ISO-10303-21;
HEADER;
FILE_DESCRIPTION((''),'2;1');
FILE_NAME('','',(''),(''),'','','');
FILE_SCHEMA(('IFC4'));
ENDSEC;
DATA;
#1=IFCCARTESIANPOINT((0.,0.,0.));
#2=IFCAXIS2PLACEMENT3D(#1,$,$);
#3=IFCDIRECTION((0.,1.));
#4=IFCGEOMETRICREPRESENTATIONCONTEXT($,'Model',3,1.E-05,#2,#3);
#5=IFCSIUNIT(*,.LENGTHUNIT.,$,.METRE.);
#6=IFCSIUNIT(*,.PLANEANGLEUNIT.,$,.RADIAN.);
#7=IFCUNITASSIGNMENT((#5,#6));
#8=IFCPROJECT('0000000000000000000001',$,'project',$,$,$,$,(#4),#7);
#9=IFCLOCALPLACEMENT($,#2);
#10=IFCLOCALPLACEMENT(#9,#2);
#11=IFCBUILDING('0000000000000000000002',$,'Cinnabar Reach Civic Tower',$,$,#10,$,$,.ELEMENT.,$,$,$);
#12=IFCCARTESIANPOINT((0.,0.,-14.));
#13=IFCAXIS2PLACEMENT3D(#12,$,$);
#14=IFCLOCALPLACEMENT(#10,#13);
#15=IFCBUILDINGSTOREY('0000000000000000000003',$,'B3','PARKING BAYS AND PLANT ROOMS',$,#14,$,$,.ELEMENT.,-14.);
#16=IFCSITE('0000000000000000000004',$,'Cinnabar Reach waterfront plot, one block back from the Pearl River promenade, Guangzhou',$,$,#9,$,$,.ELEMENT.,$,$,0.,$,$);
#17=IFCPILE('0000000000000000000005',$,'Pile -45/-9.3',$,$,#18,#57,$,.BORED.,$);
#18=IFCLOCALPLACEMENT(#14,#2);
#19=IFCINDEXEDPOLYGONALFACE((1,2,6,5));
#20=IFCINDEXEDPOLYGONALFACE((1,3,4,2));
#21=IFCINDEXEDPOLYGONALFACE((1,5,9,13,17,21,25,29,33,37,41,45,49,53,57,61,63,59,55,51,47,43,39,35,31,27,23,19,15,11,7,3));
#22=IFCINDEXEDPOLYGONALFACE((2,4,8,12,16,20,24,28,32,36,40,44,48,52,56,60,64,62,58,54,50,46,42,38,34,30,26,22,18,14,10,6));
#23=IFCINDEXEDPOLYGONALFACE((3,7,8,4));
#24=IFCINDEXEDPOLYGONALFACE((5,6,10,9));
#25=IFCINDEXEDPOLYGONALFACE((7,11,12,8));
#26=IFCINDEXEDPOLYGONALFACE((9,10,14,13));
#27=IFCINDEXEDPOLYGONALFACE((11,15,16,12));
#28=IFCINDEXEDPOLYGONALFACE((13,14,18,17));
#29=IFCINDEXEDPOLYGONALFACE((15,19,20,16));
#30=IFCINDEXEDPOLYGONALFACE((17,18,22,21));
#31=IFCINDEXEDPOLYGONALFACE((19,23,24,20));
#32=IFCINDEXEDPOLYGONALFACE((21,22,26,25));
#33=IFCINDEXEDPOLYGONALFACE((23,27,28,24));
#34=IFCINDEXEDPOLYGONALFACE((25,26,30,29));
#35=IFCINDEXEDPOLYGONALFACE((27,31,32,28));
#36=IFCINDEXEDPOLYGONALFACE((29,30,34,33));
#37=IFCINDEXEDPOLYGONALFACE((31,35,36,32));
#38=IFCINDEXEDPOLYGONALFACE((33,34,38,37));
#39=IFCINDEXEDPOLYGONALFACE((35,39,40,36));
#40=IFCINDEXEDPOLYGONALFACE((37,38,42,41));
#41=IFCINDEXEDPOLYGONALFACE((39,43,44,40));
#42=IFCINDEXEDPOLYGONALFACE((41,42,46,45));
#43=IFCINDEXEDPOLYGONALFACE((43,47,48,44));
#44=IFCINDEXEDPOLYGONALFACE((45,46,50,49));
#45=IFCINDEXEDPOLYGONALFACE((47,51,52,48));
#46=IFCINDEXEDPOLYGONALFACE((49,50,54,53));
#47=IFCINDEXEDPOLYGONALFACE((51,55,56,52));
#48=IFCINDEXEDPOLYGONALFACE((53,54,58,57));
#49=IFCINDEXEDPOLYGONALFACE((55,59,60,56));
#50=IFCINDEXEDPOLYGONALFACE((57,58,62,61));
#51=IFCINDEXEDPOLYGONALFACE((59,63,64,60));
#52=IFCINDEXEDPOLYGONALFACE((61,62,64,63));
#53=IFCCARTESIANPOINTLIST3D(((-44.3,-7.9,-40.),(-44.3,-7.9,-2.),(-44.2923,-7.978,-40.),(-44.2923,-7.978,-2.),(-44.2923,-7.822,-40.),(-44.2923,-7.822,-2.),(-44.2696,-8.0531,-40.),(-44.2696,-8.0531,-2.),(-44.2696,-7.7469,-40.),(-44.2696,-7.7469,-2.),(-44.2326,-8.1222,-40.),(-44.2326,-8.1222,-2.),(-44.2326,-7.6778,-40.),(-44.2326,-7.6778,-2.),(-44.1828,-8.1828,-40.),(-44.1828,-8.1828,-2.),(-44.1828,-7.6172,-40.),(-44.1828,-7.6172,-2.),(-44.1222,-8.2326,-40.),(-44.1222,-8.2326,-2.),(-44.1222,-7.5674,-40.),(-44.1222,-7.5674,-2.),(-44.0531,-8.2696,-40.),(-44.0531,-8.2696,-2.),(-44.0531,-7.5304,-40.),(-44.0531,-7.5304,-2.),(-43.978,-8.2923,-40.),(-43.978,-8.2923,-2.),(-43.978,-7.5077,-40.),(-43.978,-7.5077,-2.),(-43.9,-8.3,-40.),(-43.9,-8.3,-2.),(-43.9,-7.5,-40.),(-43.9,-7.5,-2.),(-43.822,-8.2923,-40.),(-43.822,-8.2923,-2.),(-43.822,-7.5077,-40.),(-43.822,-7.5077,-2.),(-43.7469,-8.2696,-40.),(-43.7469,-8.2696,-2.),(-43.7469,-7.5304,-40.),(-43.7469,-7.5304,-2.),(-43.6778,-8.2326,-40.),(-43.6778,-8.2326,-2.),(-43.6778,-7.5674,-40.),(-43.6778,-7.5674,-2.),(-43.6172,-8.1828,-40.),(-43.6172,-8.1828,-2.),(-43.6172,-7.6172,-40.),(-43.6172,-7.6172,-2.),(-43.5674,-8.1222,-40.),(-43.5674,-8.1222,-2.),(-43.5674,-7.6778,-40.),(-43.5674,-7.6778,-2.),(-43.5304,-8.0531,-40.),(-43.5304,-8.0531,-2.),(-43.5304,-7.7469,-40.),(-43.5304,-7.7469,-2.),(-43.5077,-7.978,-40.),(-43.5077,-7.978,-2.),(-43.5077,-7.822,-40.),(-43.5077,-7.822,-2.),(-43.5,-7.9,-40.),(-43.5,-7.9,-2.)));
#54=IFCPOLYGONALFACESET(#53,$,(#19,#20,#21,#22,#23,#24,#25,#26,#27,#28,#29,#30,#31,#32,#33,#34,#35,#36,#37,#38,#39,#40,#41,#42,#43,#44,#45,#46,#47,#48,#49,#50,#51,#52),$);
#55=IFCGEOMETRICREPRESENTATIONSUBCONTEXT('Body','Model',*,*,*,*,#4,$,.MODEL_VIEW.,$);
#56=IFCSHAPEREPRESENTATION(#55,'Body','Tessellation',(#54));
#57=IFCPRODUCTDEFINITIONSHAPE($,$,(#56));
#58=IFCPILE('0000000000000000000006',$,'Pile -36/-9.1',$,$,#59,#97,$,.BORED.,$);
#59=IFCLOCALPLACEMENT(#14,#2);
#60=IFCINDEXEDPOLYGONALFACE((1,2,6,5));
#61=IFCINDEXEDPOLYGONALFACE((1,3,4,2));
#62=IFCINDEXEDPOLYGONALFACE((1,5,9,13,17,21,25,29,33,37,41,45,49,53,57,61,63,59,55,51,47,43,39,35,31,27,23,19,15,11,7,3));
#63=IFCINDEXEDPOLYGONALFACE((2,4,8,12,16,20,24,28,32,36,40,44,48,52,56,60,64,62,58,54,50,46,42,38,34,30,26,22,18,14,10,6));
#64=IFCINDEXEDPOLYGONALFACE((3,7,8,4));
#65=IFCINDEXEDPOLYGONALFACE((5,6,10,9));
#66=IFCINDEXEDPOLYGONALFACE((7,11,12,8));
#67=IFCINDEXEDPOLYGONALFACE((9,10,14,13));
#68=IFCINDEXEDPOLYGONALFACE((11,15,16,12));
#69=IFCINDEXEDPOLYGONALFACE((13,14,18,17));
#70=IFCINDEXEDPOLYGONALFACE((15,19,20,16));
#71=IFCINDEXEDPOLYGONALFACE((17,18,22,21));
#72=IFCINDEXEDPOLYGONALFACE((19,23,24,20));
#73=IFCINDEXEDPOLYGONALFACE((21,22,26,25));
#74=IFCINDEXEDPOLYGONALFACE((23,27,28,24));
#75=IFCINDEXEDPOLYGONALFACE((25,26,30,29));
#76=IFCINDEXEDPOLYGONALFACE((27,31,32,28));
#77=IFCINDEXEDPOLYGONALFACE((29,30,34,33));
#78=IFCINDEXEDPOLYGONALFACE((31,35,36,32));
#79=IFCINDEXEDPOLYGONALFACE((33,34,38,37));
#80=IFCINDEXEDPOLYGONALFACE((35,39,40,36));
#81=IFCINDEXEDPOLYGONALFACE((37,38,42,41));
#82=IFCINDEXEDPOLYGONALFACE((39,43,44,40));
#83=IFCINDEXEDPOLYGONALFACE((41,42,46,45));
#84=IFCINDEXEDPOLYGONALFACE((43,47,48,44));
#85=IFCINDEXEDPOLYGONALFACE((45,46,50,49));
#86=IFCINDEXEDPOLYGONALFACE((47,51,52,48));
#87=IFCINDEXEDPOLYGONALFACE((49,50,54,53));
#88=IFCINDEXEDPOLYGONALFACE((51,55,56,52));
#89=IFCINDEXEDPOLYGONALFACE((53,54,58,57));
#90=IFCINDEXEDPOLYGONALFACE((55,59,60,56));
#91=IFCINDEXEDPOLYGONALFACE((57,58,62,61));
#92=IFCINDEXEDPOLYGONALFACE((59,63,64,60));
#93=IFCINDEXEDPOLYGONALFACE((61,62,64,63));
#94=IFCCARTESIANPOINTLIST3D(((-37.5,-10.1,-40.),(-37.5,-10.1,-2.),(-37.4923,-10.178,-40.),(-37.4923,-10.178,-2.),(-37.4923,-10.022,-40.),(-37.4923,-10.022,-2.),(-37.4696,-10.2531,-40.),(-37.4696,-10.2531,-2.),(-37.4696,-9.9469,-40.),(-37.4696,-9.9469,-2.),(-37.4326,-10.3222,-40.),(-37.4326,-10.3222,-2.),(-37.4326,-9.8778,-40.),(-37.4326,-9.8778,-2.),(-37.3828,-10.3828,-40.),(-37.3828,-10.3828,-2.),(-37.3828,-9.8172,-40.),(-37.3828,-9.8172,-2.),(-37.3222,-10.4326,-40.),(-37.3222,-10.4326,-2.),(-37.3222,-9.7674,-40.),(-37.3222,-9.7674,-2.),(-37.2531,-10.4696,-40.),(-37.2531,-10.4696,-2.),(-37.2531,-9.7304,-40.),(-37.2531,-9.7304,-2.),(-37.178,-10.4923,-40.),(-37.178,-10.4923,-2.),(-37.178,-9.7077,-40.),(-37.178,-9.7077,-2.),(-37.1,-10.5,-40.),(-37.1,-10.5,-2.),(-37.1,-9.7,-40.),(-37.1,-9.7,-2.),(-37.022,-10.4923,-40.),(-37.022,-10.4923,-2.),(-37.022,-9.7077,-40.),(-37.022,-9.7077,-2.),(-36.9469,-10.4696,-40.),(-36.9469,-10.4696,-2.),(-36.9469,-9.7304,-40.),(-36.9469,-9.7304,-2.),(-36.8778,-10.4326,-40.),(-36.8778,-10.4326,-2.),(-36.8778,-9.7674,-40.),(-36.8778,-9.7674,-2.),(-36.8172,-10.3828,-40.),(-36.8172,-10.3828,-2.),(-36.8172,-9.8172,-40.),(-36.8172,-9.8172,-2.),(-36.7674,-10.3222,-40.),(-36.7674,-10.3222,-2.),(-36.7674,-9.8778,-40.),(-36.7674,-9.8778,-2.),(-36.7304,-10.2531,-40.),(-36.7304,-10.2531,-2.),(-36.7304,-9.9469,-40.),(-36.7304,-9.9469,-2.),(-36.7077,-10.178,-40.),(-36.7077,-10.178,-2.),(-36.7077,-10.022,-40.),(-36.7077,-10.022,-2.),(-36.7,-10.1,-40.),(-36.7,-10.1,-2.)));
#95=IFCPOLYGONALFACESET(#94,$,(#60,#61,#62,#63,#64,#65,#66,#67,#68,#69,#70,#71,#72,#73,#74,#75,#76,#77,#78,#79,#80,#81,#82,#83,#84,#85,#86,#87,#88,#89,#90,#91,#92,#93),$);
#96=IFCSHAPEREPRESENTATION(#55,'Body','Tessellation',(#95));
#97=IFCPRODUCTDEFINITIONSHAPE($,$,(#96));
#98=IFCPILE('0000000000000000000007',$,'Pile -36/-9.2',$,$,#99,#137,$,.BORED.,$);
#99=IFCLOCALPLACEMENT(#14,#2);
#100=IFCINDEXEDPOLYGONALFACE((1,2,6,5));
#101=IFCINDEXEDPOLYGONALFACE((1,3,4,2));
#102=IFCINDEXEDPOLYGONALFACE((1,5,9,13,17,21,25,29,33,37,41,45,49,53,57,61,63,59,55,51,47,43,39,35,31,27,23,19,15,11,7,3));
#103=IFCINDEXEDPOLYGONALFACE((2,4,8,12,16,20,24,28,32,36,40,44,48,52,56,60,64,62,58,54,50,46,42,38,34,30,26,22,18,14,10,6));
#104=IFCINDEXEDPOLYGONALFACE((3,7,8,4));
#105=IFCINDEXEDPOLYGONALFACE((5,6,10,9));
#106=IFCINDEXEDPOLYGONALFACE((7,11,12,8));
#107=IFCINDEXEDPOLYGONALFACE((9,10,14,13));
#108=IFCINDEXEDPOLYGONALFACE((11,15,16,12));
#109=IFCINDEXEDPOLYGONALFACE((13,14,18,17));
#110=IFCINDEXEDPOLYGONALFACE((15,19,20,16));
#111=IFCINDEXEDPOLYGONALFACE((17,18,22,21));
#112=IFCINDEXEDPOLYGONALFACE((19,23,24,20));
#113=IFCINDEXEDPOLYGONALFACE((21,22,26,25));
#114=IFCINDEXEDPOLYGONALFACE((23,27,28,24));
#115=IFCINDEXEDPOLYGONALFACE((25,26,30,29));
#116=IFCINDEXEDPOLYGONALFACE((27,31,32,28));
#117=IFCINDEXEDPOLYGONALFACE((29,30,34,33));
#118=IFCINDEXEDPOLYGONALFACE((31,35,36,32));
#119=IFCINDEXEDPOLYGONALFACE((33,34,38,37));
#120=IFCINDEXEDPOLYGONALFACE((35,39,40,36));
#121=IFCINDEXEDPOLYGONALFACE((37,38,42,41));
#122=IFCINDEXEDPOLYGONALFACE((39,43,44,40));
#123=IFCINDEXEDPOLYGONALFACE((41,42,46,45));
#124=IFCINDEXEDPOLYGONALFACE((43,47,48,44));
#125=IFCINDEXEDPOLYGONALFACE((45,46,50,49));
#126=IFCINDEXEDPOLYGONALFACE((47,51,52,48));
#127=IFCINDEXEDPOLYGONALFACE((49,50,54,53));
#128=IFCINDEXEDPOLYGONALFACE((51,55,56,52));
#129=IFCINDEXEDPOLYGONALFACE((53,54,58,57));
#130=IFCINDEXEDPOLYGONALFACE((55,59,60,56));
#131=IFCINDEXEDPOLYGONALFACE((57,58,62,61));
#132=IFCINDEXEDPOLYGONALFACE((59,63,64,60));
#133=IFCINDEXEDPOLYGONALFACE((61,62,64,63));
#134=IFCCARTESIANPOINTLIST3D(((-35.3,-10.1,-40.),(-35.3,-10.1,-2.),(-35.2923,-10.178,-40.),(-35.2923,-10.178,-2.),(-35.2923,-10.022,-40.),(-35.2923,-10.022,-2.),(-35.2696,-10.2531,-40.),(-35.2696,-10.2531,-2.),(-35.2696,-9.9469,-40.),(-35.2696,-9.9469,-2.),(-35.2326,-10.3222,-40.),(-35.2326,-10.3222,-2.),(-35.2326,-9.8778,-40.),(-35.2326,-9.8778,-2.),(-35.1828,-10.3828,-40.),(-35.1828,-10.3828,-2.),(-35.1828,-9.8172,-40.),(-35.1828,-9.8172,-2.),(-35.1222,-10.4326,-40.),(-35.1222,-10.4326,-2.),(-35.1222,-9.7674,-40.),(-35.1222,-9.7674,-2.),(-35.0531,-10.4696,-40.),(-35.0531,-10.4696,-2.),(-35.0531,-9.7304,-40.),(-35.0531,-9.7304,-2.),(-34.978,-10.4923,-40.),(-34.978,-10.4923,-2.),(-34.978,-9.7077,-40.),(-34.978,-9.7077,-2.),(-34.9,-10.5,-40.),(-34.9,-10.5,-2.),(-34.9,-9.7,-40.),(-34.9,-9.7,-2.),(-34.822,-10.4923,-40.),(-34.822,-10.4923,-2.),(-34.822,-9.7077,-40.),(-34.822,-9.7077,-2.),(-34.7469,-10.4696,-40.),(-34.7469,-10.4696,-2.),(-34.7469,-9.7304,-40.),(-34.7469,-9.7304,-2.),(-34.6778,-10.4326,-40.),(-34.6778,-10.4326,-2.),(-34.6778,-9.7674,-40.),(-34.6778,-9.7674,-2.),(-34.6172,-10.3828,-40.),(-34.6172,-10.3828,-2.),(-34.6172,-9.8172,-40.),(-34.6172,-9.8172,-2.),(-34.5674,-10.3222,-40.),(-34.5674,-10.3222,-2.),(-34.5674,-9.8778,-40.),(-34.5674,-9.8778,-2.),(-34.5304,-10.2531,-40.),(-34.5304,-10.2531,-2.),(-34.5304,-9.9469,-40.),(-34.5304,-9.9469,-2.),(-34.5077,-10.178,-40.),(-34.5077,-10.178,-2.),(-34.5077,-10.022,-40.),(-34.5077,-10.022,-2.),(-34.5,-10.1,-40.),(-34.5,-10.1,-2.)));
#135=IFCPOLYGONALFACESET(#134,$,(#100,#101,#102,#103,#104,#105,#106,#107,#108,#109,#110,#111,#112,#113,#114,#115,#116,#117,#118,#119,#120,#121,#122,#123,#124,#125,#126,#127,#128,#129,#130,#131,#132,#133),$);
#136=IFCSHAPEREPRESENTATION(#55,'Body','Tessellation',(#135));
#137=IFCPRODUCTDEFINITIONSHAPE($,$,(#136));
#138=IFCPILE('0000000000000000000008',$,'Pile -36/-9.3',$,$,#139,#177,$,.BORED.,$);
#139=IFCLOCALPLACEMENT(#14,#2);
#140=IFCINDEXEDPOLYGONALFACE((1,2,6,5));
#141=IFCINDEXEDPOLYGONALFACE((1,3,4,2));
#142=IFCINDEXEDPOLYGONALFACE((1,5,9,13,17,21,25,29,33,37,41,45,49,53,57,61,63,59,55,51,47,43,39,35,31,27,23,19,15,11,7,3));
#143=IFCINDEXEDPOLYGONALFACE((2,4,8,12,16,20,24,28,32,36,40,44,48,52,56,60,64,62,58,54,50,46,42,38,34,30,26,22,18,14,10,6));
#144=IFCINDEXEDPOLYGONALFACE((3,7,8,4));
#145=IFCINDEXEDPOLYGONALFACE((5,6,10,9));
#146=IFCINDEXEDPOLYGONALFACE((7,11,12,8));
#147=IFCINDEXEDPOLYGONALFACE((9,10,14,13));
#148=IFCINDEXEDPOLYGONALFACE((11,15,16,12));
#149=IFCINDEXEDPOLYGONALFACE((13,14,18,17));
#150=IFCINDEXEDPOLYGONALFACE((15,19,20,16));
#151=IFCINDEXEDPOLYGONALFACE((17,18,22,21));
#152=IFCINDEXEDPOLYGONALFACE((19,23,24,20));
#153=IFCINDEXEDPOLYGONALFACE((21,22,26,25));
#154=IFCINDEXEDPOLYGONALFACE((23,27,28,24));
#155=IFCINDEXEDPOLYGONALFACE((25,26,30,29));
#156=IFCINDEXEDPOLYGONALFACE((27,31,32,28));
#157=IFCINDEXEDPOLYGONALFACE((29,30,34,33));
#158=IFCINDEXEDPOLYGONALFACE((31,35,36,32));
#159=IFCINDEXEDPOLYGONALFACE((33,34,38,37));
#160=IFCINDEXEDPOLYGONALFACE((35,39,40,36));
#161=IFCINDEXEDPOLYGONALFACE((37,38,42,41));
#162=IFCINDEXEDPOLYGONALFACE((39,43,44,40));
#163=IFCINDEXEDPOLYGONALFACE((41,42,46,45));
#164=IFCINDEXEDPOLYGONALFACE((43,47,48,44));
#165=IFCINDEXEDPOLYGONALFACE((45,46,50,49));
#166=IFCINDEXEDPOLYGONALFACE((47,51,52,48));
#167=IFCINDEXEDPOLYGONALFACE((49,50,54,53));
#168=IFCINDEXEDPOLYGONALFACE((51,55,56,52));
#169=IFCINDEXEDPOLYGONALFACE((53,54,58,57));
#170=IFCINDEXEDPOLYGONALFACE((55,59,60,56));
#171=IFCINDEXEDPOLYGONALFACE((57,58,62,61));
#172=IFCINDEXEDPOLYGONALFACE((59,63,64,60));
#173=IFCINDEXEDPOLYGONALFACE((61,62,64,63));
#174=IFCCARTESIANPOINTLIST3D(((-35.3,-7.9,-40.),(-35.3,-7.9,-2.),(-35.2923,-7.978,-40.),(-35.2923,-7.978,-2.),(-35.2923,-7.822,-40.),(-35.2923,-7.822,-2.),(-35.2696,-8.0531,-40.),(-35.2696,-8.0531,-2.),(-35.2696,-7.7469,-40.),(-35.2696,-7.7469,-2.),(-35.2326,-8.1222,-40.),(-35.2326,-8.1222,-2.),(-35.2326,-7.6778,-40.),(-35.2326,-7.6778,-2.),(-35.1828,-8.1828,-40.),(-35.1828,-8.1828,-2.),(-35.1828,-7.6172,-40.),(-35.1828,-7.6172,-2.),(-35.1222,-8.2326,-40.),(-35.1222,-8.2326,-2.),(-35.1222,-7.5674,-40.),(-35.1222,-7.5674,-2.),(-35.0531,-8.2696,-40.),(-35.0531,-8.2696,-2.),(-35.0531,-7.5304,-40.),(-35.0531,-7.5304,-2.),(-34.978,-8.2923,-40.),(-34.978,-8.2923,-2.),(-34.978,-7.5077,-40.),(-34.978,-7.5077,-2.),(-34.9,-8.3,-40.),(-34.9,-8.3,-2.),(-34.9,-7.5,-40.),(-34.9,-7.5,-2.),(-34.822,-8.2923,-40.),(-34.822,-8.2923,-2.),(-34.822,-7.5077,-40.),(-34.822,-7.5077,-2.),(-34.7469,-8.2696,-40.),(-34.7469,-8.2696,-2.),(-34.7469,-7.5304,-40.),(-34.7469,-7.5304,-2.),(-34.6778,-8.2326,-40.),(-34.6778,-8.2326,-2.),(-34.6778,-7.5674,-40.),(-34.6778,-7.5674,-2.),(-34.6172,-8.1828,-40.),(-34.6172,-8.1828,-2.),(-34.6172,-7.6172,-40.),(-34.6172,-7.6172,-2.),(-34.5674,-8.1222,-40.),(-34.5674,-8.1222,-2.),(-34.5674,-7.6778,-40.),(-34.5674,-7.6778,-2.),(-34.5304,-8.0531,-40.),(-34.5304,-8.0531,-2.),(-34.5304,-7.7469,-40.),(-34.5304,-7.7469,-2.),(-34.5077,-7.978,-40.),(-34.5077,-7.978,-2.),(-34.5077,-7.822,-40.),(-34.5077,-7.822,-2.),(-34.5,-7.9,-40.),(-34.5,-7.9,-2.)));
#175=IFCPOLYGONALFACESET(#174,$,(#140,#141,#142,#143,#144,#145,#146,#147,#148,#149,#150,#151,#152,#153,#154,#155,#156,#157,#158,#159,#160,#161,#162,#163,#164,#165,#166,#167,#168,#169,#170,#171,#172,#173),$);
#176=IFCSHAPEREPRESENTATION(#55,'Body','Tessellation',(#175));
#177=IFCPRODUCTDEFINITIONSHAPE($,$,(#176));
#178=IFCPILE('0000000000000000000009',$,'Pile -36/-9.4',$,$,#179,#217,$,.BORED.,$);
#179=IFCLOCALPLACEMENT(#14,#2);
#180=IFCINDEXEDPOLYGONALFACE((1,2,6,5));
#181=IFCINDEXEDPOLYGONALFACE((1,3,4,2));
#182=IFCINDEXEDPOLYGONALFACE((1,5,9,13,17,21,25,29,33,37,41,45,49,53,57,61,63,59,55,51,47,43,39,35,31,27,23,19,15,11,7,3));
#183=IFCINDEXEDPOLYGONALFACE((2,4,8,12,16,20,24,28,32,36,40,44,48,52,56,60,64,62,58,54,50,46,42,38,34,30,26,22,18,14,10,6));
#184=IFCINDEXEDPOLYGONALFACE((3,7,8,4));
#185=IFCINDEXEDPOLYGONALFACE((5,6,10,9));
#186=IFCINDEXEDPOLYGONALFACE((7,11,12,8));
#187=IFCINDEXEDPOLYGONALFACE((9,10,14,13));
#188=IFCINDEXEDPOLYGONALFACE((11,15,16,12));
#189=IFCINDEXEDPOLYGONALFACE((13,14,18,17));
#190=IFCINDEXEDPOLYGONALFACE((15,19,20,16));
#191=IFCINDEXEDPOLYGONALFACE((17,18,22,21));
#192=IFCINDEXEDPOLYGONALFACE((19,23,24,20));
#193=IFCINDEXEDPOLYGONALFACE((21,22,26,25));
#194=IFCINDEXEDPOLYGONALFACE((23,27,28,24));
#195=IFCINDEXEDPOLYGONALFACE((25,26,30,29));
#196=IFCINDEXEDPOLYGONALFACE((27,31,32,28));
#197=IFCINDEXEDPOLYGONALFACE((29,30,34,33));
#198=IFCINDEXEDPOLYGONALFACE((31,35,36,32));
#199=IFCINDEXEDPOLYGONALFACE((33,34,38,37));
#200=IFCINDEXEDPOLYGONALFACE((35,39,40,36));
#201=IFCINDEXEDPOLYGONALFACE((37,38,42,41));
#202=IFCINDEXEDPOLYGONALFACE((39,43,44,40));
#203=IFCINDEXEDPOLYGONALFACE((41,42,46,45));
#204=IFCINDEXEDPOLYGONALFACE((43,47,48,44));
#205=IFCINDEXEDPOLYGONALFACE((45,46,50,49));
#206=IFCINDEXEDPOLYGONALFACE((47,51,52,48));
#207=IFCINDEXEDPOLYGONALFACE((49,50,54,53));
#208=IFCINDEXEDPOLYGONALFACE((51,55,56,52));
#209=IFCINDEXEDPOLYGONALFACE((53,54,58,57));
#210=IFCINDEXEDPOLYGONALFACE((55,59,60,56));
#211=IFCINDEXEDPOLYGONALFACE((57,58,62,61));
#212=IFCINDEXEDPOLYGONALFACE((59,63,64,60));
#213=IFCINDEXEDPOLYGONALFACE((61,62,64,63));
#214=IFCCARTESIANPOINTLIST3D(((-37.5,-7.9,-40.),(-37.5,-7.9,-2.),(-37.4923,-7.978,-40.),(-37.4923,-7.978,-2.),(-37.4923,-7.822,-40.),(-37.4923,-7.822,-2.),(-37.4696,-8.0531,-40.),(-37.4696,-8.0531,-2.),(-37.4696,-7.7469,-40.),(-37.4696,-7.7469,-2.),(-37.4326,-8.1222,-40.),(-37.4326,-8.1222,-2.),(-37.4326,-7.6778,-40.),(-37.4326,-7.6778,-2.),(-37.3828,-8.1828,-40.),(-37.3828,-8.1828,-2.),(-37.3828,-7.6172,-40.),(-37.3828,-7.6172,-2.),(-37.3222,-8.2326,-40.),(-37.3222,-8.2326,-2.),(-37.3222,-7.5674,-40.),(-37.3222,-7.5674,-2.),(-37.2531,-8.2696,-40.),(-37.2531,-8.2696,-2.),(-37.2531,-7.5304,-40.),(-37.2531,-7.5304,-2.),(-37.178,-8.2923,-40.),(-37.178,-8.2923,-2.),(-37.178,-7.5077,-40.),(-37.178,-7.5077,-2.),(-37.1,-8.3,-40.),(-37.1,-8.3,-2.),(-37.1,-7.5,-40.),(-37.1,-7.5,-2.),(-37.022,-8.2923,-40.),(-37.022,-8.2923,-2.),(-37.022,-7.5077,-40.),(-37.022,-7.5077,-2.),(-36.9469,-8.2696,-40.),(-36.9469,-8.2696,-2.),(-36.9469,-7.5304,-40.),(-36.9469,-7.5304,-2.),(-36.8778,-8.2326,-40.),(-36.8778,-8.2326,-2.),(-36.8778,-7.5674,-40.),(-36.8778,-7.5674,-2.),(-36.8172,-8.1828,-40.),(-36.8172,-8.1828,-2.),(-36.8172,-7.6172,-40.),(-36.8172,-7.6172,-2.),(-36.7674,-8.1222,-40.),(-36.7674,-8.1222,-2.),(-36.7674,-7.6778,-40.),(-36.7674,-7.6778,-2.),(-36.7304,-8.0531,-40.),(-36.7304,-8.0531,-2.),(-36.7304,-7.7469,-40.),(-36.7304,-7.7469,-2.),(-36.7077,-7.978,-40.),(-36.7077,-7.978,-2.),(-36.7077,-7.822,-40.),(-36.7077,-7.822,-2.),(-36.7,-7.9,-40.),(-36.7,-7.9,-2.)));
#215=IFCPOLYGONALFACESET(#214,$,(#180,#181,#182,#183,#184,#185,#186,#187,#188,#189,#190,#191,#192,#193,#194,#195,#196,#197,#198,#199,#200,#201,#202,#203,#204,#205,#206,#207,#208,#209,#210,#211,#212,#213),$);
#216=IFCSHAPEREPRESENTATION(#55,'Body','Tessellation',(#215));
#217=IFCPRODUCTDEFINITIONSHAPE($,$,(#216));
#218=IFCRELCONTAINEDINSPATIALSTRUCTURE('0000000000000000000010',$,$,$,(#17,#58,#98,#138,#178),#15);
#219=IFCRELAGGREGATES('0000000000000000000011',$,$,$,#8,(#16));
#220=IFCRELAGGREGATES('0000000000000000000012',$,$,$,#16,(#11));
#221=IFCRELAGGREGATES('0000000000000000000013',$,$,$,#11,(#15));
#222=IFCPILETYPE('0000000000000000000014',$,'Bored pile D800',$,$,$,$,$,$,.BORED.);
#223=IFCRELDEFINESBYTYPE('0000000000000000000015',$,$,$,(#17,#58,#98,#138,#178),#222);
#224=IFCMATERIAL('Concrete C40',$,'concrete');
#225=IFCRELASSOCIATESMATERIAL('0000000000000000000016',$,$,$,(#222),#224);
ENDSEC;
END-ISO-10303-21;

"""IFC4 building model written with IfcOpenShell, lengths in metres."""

from ifc_helpers import new_model, si_unit, direction, frame, origin, origin_2d, place, context, subcontext, project, spatial, circle, extrude, material, type_object, element, save


model = new_model("IFC4")

# Units and contexts
model_context = context("Model", 3, precision=1e-05, world=origin(), true_north=direction((0.0, 1.0)))
body_context = subcontext(model_context, "Body", "Model", "MODEL_VIEW")
ifc_project = project(units=[si_unit("LENGTHUNIT", "METRE"), si_unit("PLANEANGLEUNIT", "RADIAN")], contexts=[model_context])

# Site, building, storey
site_placement = place(None, origin())
site = spatial("IfcSite", under=ifc_project, at=site_placement, Name="Cinnabar Reach waterfront plot, one block back from the Pearl River promenade, Guangzhou", CompositionType="ELEMENT", RefElevation=0.0)
building_placement = place(site_placement, origin())
building = spatial("IfcBuilding", under=site, at=building_placement, Name="Cinnabar Reach Civic Tower", CompositionType="ELEMENT")
storey_placement = place(building_placement, frame((0.0, 0.0, -14.0)))
storey = spatial("IfcBuildingStorey", under=building, at=storey_placement, Name="B3", Description="PARKING BAYS AND PLANT ROOMS", CompositionType="ELEMENT", Elevation=-14.0)

# Piles
ifc_material_1 = material(Name="Concrete C40", Category="concrete")
pile_type = type_object("IfcPileType", Name="Bored pile D800", PredefinedType="BORED", material=ifc_material_1)
for number, where, z_axis, x_axis, name in (
    (1, (-43.9, -7.9, -2.0), (0.0, 0.0, -1.0), (1.0, 0.0, 0.0), "Pile -45/-9.3"),
    (2, (-37.1, -10.1, -2.0), (0.0, 0.0, -1.0), (1.0, 0.0, 0.0), "Pile -36/-9.1"),
    (3, (-34.9, -10.1, -2.0), (0.0, 0.0, -1.0), (1.0, 0.0, 0.0), "Pile -36/-9.2"),
    (4, (-34.9, -7.9, -2.0), (0.0, 0.0, -1.0), (1.0, 0.0, 0.0), "Pile -36/-9.3"),
    (5, (-37.1, -7.9, -2.0), (0.0, 0.0, -1.0), (1.0, 0.0, 0.0), "Pile -36/-9.4"),
):
    element("IfcPile", number, at=place(storey_placement, frame(where, z_axis=z_axis, x_axis=x_axis)), inside=storey, type_object=pile_type, Name=name, PredefinedType="BORED", context=body_context, shape_type="SweptSolid", body=[
        extrude(circle(Radius=0.4, at=origin_2d()), origin(), (0.0, 0.0, 1.0), 38.0),
    ])

save(model, "model.ifc")
